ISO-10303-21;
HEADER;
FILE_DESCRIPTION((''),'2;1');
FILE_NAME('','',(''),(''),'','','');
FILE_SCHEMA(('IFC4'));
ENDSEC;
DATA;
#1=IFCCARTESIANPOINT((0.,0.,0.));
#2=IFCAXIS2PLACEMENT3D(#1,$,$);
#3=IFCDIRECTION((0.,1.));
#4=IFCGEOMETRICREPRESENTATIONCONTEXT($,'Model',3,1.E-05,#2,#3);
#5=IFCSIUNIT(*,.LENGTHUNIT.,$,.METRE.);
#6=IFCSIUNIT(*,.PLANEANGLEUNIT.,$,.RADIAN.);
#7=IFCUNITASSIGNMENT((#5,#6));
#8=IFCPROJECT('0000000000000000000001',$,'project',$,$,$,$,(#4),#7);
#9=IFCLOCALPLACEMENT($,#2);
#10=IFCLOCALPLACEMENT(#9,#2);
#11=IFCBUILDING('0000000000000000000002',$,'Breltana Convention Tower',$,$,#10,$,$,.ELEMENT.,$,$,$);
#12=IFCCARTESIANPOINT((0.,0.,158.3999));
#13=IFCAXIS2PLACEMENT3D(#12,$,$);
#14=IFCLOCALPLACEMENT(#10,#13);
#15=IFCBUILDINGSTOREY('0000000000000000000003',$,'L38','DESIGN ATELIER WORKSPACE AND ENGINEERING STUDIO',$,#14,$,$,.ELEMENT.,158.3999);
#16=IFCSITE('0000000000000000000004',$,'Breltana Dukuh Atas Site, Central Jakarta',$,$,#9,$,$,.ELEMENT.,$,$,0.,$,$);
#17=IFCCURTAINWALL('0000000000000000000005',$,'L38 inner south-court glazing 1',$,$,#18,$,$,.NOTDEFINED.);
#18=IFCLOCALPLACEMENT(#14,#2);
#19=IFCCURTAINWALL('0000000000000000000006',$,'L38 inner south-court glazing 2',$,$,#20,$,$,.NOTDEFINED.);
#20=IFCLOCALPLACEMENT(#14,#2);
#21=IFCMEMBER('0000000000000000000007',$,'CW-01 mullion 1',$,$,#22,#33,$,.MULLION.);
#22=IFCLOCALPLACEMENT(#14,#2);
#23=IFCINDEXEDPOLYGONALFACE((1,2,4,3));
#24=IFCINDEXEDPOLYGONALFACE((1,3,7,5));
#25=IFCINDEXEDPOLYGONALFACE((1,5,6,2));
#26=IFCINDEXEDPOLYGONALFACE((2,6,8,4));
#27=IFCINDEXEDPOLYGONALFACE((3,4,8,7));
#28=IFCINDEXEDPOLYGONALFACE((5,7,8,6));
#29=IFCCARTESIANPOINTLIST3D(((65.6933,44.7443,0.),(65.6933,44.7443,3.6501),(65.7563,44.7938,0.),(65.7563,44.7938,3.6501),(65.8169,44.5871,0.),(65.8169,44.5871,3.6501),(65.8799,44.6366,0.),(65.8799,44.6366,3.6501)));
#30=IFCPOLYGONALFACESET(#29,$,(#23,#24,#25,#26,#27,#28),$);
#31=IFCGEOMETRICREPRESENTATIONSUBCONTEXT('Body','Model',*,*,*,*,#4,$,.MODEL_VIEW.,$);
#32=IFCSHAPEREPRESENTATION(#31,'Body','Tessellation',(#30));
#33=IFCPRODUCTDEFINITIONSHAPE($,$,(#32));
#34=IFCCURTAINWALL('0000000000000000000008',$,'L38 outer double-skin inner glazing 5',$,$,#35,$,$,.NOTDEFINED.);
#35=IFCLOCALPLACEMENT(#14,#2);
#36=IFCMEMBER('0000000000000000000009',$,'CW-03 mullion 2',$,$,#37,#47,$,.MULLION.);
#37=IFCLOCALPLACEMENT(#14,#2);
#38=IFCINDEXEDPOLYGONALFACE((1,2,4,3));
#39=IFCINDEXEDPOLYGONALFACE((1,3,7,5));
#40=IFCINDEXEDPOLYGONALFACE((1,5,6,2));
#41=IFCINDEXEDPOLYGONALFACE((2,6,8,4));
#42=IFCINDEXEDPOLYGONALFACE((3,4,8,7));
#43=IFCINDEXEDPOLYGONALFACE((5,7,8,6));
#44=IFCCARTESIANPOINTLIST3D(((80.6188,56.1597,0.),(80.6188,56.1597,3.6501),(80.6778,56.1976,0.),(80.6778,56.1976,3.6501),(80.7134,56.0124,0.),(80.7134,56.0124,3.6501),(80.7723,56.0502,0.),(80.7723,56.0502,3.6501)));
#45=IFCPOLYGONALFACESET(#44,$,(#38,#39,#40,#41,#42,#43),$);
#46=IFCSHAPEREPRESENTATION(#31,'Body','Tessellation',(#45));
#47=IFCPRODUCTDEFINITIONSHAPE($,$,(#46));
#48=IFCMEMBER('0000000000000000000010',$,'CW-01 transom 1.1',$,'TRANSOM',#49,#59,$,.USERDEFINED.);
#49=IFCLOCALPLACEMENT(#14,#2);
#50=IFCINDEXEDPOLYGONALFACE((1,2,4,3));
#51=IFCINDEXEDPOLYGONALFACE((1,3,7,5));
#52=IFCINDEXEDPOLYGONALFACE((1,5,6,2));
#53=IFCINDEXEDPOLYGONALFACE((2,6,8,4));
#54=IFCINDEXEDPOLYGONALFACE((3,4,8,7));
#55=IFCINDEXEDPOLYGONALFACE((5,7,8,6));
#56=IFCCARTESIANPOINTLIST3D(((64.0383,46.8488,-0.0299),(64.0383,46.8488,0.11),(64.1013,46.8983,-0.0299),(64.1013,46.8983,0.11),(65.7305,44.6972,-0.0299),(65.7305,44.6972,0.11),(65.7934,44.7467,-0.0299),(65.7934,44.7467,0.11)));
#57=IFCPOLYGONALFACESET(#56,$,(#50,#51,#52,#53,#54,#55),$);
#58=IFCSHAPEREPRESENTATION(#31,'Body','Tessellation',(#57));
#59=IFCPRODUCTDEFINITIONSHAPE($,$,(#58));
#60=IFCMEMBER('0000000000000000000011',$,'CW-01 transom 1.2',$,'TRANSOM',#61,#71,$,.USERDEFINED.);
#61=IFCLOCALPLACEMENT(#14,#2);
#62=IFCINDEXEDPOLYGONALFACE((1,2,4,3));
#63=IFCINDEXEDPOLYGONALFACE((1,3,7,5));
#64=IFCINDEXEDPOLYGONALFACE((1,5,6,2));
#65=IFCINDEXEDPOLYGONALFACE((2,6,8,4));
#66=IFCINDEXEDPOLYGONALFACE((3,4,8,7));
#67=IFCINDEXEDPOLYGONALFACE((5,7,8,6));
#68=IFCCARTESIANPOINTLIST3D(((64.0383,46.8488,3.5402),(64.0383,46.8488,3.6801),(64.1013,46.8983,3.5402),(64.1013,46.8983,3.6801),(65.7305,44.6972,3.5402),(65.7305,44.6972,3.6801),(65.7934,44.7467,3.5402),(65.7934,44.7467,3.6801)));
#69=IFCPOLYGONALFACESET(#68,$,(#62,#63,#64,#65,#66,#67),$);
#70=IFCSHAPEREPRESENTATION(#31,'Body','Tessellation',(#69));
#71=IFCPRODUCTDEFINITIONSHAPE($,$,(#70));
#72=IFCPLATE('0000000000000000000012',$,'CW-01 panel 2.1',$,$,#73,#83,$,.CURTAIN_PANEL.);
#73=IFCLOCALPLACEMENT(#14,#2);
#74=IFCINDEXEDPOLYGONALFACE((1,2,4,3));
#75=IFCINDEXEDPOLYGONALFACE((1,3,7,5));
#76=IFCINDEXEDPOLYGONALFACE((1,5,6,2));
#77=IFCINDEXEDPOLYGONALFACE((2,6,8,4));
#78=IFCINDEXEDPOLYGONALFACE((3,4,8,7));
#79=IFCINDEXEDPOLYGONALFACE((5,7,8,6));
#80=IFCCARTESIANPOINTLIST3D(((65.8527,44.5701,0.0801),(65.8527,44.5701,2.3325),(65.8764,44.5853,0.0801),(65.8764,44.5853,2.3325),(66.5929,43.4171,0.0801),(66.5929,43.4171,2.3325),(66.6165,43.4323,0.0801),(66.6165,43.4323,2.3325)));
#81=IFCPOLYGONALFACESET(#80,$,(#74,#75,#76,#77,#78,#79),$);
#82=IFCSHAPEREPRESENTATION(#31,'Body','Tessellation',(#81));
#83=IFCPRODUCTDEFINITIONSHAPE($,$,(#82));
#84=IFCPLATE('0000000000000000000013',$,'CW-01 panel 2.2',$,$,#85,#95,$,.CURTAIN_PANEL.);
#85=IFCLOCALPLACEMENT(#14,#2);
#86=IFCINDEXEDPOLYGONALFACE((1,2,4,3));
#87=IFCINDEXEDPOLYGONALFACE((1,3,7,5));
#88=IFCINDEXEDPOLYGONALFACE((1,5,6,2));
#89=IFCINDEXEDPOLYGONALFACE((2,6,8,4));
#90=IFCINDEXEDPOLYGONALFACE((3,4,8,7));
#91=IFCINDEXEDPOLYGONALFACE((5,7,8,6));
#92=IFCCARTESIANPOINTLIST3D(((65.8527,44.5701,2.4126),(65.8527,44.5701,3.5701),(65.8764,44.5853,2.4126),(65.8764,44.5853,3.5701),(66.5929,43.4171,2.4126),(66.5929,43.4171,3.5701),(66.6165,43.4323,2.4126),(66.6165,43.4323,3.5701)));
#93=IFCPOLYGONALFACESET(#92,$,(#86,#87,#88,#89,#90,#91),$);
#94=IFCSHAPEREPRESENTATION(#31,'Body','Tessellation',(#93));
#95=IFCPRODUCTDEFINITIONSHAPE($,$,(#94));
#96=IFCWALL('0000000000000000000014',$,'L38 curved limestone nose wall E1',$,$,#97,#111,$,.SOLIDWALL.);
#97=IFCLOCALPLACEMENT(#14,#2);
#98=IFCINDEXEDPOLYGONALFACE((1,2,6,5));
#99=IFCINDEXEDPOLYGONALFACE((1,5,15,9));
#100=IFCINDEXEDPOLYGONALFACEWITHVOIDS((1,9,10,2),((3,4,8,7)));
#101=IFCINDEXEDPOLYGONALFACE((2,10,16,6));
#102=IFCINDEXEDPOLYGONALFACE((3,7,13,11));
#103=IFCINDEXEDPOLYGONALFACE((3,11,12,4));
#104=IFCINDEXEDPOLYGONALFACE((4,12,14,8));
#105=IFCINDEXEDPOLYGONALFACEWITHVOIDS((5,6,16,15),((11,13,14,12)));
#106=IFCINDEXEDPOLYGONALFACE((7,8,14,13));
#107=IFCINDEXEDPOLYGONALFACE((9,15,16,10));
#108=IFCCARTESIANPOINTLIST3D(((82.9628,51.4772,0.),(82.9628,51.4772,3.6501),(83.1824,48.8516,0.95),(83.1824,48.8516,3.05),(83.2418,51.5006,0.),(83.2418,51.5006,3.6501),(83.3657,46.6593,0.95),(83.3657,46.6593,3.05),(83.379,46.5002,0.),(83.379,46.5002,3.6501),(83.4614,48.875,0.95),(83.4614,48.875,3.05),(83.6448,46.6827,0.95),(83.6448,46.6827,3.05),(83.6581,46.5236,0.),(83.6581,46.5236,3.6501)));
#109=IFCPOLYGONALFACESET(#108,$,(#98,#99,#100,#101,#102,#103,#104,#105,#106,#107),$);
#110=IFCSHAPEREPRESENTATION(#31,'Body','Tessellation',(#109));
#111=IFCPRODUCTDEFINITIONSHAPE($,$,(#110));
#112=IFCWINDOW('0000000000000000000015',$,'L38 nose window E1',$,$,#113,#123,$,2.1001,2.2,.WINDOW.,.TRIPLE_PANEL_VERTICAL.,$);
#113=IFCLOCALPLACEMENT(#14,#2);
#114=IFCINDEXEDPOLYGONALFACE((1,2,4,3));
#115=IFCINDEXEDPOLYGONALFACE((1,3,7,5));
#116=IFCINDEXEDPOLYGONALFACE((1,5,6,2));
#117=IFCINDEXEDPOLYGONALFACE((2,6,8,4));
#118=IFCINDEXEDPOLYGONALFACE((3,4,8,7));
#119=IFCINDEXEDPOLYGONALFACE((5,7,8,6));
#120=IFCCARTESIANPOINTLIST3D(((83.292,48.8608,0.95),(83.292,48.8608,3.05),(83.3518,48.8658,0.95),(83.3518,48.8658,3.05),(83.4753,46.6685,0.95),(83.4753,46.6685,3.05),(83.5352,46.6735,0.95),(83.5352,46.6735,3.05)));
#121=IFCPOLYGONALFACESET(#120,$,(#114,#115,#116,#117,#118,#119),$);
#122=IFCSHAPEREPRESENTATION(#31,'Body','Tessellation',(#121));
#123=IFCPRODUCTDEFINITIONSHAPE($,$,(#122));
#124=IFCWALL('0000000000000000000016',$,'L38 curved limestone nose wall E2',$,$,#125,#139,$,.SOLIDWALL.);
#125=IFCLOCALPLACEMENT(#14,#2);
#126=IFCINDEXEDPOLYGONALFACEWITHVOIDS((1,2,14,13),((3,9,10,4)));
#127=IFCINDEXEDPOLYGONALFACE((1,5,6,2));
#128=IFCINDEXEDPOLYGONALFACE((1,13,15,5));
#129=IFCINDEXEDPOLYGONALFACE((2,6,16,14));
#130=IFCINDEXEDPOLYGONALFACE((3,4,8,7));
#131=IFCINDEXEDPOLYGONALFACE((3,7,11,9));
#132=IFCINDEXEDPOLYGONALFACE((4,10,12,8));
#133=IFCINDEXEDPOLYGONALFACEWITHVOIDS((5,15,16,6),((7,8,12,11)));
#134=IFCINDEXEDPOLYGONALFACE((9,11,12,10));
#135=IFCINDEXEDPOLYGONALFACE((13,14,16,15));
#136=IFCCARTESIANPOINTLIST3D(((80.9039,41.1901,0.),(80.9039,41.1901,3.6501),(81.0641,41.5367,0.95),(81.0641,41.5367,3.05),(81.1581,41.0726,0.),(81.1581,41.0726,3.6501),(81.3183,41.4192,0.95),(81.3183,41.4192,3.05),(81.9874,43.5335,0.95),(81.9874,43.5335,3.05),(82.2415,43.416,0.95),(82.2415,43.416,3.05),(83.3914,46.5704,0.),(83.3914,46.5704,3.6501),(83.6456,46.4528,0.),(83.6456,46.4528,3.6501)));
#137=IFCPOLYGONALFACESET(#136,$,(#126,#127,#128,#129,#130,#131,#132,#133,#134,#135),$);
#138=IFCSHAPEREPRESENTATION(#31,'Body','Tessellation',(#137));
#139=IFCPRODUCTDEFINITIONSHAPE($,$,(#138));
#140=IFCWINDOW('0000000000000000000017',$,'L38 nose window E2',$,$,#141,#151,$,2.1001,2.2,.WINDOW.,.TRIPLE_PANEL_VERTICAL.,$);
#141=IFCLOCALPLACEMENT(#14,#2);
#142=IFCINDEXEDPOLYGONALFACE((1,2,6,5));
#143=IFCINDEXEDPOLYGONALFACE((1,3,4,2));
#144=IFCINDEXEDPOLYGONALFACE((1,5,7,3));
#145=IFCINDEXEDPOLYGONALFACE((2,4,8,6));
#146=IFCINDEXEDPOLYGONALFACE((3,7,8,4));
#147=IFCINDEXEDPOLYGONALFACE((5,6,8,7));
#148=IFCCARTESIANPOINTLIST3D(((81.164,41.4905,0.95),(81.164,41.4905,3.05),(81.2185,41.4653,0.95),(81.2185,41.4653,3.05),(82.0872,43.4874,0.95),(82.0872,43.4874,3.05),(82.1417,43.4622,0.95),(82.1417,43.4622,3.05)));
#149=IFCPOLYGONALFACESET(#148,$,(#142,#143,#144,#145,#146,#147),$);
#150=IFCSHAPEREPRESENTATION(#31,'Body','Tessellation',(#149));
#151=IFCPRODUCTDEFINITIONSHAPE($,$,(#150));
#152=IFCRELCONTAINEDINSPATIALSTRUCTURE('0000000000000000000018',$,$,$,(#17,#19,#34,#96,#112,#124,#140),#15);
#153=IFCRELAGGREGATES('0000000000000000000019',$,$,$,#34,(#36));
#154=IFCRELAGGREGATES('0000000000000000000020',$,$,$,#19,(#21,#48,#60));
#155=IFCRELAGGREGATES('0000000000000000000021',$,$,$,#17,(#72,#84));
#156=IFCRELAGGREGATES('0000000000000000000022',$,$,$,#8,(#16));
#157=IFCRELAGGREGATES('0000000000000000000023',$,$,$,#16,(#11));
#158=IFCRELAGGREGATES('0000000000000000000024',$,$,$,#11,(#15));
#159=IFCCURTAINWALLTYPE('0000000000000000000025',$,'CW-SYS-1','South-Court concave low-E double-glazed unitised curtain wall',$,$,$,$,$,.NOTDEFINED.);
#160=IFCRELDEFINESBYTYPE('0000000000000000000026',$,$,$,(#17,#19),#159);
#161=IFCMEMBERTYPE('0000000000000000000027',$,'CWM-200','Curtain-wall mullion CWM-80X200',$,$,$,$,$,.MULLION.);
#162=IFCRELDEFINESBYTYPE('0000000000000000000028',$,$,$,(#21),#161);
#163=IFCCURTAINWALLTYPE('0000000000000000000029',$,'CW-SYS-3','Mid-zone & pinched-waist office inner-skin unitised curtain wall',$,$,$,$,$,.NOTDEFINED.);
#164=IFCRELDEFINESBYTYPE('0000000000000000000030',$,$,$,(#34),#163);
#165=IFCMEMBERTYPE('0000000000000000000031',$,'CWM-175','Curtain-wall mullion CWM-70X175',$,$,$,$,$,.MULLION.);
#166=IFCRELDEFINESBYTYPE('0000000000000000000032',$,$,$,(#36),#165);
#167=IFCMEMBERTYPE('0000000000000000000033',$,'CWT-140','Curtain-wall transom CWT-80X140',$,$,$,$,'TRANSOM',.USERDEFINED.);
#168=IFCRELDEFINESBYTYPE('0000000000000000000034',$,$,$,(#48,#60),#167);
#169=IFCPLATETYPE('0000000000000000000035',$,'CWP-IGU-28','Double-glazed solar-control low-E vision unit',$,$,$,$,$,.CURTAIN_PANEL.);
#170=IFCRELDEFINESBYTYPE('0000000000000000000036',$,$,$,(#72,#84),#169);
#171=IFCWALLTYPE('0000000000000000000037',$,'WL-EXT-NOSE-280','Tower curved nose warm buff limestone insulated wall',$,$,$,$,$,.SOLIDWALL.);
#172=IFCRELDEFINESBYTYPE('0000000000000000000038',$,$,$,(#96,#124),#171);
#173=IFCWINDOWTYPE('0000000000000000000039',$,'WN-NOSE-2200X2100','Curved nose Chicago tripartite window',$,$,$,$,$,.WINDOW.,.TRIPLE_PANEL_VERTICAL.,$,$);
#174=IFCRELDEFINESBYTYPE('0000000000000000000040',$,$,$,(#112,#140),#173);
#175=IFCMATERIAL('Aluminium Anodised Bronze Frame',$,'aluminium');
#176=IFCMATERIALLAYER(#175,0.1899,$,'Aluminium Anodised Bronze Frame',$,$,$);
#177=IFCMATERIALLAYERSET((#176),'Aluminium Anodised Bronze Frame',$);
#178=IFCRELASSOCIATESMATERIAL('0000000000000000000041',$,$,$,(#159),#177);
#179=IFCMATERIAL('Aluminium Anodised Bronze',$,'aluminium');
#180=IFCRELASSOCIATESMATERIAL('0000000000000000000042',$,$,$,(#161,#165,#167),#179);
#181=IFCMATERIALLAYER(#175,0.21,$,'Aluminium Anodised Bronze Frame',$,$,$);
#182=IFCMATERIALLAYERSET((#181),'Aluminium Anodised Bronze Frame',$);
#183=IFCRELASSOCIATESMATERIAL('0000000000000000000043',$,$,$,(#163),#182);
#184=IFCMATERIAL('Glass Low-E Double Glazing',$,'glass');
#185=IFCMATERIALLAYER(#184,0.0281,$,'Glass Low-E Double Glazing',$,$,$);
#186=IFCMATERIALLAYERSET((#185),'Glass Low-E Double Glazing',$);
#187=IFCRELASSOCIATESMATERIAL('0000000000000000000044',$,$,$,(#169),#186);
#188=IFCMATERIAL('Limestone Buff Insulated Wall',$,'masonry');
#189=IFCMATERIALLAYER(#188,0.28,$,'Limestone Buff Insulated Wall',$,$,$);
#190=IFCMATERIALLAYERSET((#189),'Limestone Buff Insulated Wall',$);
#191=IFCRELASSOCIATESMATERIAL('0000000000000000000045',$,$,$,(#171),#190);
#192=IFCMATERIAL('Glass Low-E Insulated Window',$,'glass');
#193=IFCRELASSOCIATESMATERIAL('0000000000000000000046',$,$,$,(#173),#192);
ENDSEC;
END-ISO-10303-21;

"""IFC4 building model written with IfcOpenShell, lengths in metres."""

from ifc_helpers import new_model, si_unit, direction, frame, frame_2d, origin, origin_2d, place, context, subcontext, project, spatial, rectangle, extrude, source, transform, mapped, material, layer, layer_set, material_profile, profile_set, type_object, type_shapes, element, fill, aggregate, save


model = new_model("IFC4")

# Units and contexts
model_context = context("Model", 3, precision=1e-05, world=origin(), true_north=direction((0.0, 1.0)))
body_context = subcontext(model_context, "Body", "Model", "MODEL_VIEW")
ifc_project = project(units=[si_unit("LENGTHUNIT", "METRE"), si_unit("PLANEANGLEUNIT", "RADIAN")], contexts=[model_context])

# Site, building, storey
site_placement = place(None, origin())
site = spatial("IfcSite", under=ifc_project, at=site_placement, Name="Breltana Dukuh Atas Site, Central Jakarta", CompositionType="ELEMENT", RefElevation=0.0)
building_placement = place(site_placement, origin())
building = spatial("IfcBuilding", under=site, at=building_placement, Name="Breltana Convention Tower", CompositionType="ELEMENT")
storey_placement = place(building_placement, frame((0.0, 0.0, 158.3999)))
storey = spatial("IfcBuildingStorey", under=building, at=storey_placement, Name="L38", Description="DESIGN ATELIER WORKSPACE AND ENGINEERING STUDIO", CompositionType="ELEMENT", Elevation=158.3999)

# Curtain walls, members
ifc_material_1 = material(Name="Aluminium Anodised Bronze Frame", Category="aluminium")
ifc_layer_1 = layer(ifc_material_1, 0.1899, Name="Aluminium Anodised Bronze Frame")
ifc_layer_set_1 = layer_set([ifc_layer_1], Name="Aluminium Anodised Bronze Frame")
curtain_wall_type_1 = type_object("IfcCurtainWallType", Name="CW-SYS-1", Description="South-Court concave low-E double-glazed unitised curtain wall", PredefinedType="NOTDEFINED", material=ifc_layer_set_1)
curtain_wall_1_placement = place(storey_placement, origin())
curtain_wall_1 = element("IfcCurtainWall", 1, at=curtain_wall_1_placement, inside=storey, type_object=curtain_wall_type_1, Name="L38 inner south-court glazing 1", PredefinedType="NOTDEFINED")
ifc_material_2 = material(Name="Aluminium Anodised Bronze", Category="aluminium")
ifc_material_profile_1 = material_profile(ifc_material_2, rectangle(XDim=0.0801, YDim=0.2, at=origin_2d()), Name="CWM-80X200")
ifc_profile_set_1 = profile_set([ifc_material_profile_1], Name="Aluminium Anodised Bronze")
member_type_1 = type_object("IfcMemberType", Name="CWM-200", Description="Curtain-wall mullion CWM-80X200", PredefinedType="MULLION", material=ifc_profile_set_1)
shared_shape_1 = source(origin(), body_context, "Body", "SweptSolid", [
    extrude(rectangle(XDim=0.0801, YDim=0.2, at=origin_2d()), origin(), (0.0, 0.0, 1.0), 3.6501),
])
curtain_wall_2_placement = place(storey_placement, origin())
curtain_wall_2 = element("IfcCurtainWall", 2, at=curtain_wall_2_placement, inside=storey, type_object=curtain_wall_type_1, Name="L38 inner south-court glazing 2", PredefinedType="NOTDEFINED")
member_1_placement = place(storey_placement, frame((65.7866, 44.6904, 0.0), z_axis=(0.0, 0.0, 1.0), x_axis=(-0.786051, -0.618161, 0.0)))
member_1 = element("IfcMember", 3, at=member_1_placement, type_object=member_type_1, Name="CW-01 mullion 1", PredefinedType="MULLION", context=body_context, shape_type="MappedRepresentation", body=[
    mapped(shared_shape_1, transform((0.0, 0.0, 0.0), scale=1.0)),
])
ifc_layer_2 = layer(ifc_material_1, 0.21, Name="Aluminium Anodised Bronze Frame")
ifc_layer_set_2 = layer_set([ifc_layer_2], Name="Aluminium Anodised Bronze Frame")
curtain_wall_type_2 = type_object("IfcCurtainWallType", Name="CW-SYS-3", Description="Mid-zone & pinched-waist office inner-skin unitised curtain wall", PredefinedType="NOTDEFINED", material=ifc_layer_set_2)
curtain_wall_3_placement = place(storey_placement, origin())
curtain_wall_3 = element("IfcCurtainWall", 4, at=curtain_wall_3_placement, inside=storey, type_object=curtain_wall_type_2, Name="L38 outer double-skin inner glazing 5", PredefinedType="NOTDEFINED")
ifc_material_profile_2 = material_profile(ifc_material_2, rectangle(XDim=0.0701, YDim=0.175, at=origin_2d()), Name="CWM-70X175")
ifc_profile_set_2 = profile_set([ifc_material_profile_2], Name="Aluminium Anodised Bronze")
member_type_2 = type_object("IfcMemberType", Name="CWM-175", Description="Curtain-wall mullion CWM-70X175", PredefinedType="MULLION", material=ifc_profile_set_2)
shared_shape_2 = source(origin(), body_context, "Body", "SweptSolid", [
    extrude(rectangle(XDim=0.0701, YDim=0.175, at=origin_2d()), origin(), (0.0, 0.0, 1.0), 3.6501),
])
member_2_placement = place(storey_placement, frame((80.6956, 56.105, 0.0), z_axis=(0.0, 0.0, 1.0), x_axis=(0.841554, 0.540173, 0.0)))
member_2 = element("IfcMember", 5, at=member_2_placement, type_object=member_type_2, Name="CW-03 mullion 2", PredefinedType="MULLION", context=body_context, shape_type="MappedRepresentation", body=[
    mapped(shared_shape_2, transform((0.0, 0.0, 0.0), scale=1.0)),
])
aggregate(curtain_wall_3, [member_2])

# Members
ifc_material_profile_3 = material_profile(ifc_material_2, rectangle(XDim=0.0801, YDim=0.1399, at=origin_2d()), Name="CWT-80X140")
ifc_profile_set_3 = profile_set([ifc_material_profile_3], Name="Aluminium Anodised Bronze")
member_type_3 = type_object("IfcMemberType", Name="CWT-140", Description="Curtain-wall transom CWT-80X140", ElementType="TRANSOM", PredefinedType="USERDEFINED", material=ifc_profile_set_3)
shared_shape_3 = source(origin(), body_context, "Body", "SweptSolid", [
    extrude(rectangle(XDim=0.0801, YDim=0.1399, at=origin_2d()), origin(), (0.0, 0.0, 1.0), 2.7373),
])
member_3_placement = place(storey_placement, frame((65.762, 44.7219, 0.04), z_axis=(-0.61818, 0.786037, 0.0), x_axis=(-0.786037, -0.61818, 0.0)))
member_3 = element("IfcMember", 6, at=member_3_placement, type_object=member_type_3, Name="CW-01 transom 1.1", ObjectType="TRANSOM", PredefinedType="USERDEFINED", context=body_context, shape_type="MappedRepresentation", body=[
    mapped(shared_shape_3, transform((0.0, 0.0, 0.0), scale=1.0)),
])
member_4_placement = place(storey_placement, frame((65.762, 44.7219, 3.6101), z_axis=(-0.61818, 0.786037, 0.0), x_axis=(-0.786037, -0.61818, 0.0)))
member_4 = element("IfcMember", 7, at=member_4_placement, type_object=member_type_3, Name="CW-01 transom 1.2", ObjectType="TRANSOM", PredefinedType="USERDEFINED", context=body_context, shape_type="MappedRepresentation", body=[
    mapped(shared_shape_3, transform((0.0, 0.0, 0.0), scale=1.0)),
])
aggregate(curtain_wall_2, [member_1, member_3, member_4])

# Plates
ifc_material_3 = material(Name="Glass Low-E Double Glazing", Category="glass")
ifc_layer_3 = layer(ifc_material_3, 0.0281, Name="Glass Low-E Double Glazing")
ifc_layer_set_3 = layer_set([ifc_layer_3], Name="Glass Low-E Double Glazing")
plate_type = type_object("IfcPlateType", Name="CWP-IGU-28", Description="Double-glazed solar-control low-E vision unit", PredefinedType="CURTAIN_PANEL", material=ifc_layer_set_3)
shared_shape_4 = source(origin(), body_context, "Body", "SweptSolid", [
    extrude(rectangle(XDim=1.3701, YDim=0.0281, at=origin_2d()), origin(), (0.0, 0.0, 1.0), 2.2524),
])
plate_1_placement = place(storey_placement, frame((66.2346, 44.0012, 0.0801), z_axis=(0.0, 0.0, 1.0), x_axis=(-0.540184, 0.841547, 0.0)))
plate_1 = element("IfcPlate", 8, at=plate_1_placement, type_object=plate_type, Name="CW-01 panel 2.1", PredefinedType="CURTAIN_PANEL", context=body_context, shape_type="MappedRepresentation", body=[
    mapped(shared_shape_4, transform((0.0, 0.0, 0.0), scale=1.0)),
])
shared_shape_5 = source(origin(), body_context, "Body", "SweptSolid", [
    extrude(rectangle(XDim=1.3701, YDim=0.0281, at=origin_2d()), origin(), (0.0, 0.0, 1.0), 1.1575),
])
plate_2_placement = place(storey_placement, frame((66.2346, 44.0012, 2.4126), z_axis=(0.0, 0.0, 1.0), x_axis=(-0.540184, 0.841547, 0.0)))
plate_2 = element("IfcPlate", 9, at=plate_2_placement, type_object=plate_type, Name="CW-01 panel 2.2", PredefinedType="CURTAIN_PANEL", context=body_context, shape_type="MappedRepresentation", body=[
    mapped(shared_shape_5, transform((0.0, 0.0, 0.0), scale=1.0)),
])
aggregate(curtain_wall_1, [plate_1, plate_2])

# Walls, openings, windows
ifc_material_4 = material(Name="Limestone Buff Insulated Wall", Category="masonry")
ifc_layer_4 = layer(ifc_material_4, 0.28, Name="Limestone Buff Insulated Wall")
ifc_layer_set_4 = layer_set([ifc_layer_4], Name="Limestone Buff Insulated Wall")
wall_type = type_object("IfcWallType", Name="WL-EXT-NOSE-280", Description="Tower curved nose warm buff limestone insulated wall", PredefinedType="SOLIDWALL", material=ifc_layer_set_4)
shared_shape_6 = source(origin(), body_context, "Body", "SweptSolid", [
    extrude(rectangle(XDim=4.9944, YDim=0.28, at=frame_2d((2.4971, 0.0))), origin(), (0.0, 0.0, 1.0), 3.6501),
])
wall_1_placement = place(storey_placement, frame((83.1023, 51.4888, 0.0), z_axis=(0.0, 0.0, 1.0), x_axis=(0.083345, -0.996521, 0.0)))
wall_1 = element("IfcWall", 10, at=wall_1_placement, inside=storey, type_object=wall_type, Name="L38 curved limestone nose wall E1", PredefinedType="SOLIDWALL", context=body_context, shape_type="MappedRepresentation", body=[
    mapped(shared_shape_6, transform((0.0, 0.0, 0.0), scale=1.0)),
])
opening_1_placement = place(wall_1_placement, frame((2.6345, 0.0, 0.95)))
opening_1 = element("IfcOpeningElement", 11, at=opening_1_placement, cuts=wall_1, PredefinedType="OPENING", context=body_context, shape_type="SweptSolid", body=[
    extrude(rectangle(XDim=2.2, YDim=2.1001, at=frame_2d((1.1001, 1.05))), frame((0.0, 0.1499, 0.0), z_axis=(0.0, -1.0, 0.0), x_axis=(1.0, 0.0, 0.0)), (0.0, 0.0, 1.0), 0.3),
])
ifc_material_5 = material(Name="Glass Low-E Insulated Window", Category="glass")
window_type = type_object("IfcWindowType", Name="WN-NOSE-2200X2100", Description="Curved nose Chicago tripartite window", PartitioningType="TRIPLE_PANEL_VERTICAL", PredefinedType="WINDOW", material=ifc_material_5)
shared_shape_7 = source(origin(), body_context, "Body", "SweptSolid", [
    extrude(rectangle(XDim=2.2, YDim=2.1001, at=frame_2d((1.1001, 1.05))), frame((0.0, 0.03, 0.0), z_axis=(0.0, -1.0, 0.0), x_axis=(1.0, 0.0, 0.0)), (0.0, 0.0, 1.0), 0.0601),
])
type_shapes(window_type, [shared_shape_7])
window_1_placement = place(opening_1_placement, origin())
window_1 = element("IfcWindow", 12, at=window_1_placement, inside=storey, type_object=window_type, Name="L38 nose window E1", OverallHeight=2.1001, OverallWidth=2.2, PartitioningType="TRIPLE_PANEL_VERTICAL", PredefinedType="WINDOW", context=body_context, shape_type="MappedRepresentation", body=[
    mapped(shared_shape_7, transform((0.0, 0.0, 0.0), scale=1.0)),
])
fill(opening_1, window_1)
shared_shape_8 = source(origin(), body_context, "Body", "SweptSolid", [
    extrude(rectangle(XDim=5.9275, YDim=0.28, at=frame_2d((2.9639, 0.0))), origin(), (0.0, 0.0, 1.0), 3.6501),
])
wall_2_placement = place(storey_placement, frame((83.5186, 46.5117, 0.0), z_axis=(0.0, 0.0, 1.0), x_axis=(-0.419656, -0.907683, 0.0)))
wall_2 = element("IfcWall", 13, at=wall_2_placement, inside=storey, type_object=wall_type, Name="L38 curved limestone nose wall E2", PredefinedType="SOLIDWALL", context=body_context, shape_type="MappedRepresentation", body=[
    mapped(shared_shape_8, transform((0.0, 0.0, 0.0), scale=1.0)),
])
opening_2_placement = place(wall_2_placement, frame((3.3457, 0.0, 0.95)))
opening_2 = element("IfcOpeningElement", 14, at=opening_2_placement, cuts=wall_2, PredefinedType="OPENING", context=body_context, shape_type="SweptSolid", body=[
    extrude(rectangle(XDim=2.2, YDim=2.1001, at=frame_2d((1.1001, 1.05))), frame((0.0, 0.1499, 0.0), z_axis=(0.0, -1.0, 0.0), x_axis=(1.0, 0.0, 0.0)), (0.0, 0.0, 1.0), 0.3),
])
window_2_placement = place(opening_2_placement, origin())
window_2 = element("IfcWindow", 15, at=window_2_placement, inside=storey, type_object=window_type, Name="L38 nose window E2", OverallHeight=2.1001, OverallWidth=2.2, PartitioningType="TRIPLE_PANEL_VERTICAL", PredefinedType="WINDOW", context=body_context, shape_type="MappedRepresentation", body=[
    mapped(shared_shape_7, transform((0.0, 0.0, 0.0), scale=1.0)),
])
fill(opening_2, window_2)

save(model, "model.ifc")
